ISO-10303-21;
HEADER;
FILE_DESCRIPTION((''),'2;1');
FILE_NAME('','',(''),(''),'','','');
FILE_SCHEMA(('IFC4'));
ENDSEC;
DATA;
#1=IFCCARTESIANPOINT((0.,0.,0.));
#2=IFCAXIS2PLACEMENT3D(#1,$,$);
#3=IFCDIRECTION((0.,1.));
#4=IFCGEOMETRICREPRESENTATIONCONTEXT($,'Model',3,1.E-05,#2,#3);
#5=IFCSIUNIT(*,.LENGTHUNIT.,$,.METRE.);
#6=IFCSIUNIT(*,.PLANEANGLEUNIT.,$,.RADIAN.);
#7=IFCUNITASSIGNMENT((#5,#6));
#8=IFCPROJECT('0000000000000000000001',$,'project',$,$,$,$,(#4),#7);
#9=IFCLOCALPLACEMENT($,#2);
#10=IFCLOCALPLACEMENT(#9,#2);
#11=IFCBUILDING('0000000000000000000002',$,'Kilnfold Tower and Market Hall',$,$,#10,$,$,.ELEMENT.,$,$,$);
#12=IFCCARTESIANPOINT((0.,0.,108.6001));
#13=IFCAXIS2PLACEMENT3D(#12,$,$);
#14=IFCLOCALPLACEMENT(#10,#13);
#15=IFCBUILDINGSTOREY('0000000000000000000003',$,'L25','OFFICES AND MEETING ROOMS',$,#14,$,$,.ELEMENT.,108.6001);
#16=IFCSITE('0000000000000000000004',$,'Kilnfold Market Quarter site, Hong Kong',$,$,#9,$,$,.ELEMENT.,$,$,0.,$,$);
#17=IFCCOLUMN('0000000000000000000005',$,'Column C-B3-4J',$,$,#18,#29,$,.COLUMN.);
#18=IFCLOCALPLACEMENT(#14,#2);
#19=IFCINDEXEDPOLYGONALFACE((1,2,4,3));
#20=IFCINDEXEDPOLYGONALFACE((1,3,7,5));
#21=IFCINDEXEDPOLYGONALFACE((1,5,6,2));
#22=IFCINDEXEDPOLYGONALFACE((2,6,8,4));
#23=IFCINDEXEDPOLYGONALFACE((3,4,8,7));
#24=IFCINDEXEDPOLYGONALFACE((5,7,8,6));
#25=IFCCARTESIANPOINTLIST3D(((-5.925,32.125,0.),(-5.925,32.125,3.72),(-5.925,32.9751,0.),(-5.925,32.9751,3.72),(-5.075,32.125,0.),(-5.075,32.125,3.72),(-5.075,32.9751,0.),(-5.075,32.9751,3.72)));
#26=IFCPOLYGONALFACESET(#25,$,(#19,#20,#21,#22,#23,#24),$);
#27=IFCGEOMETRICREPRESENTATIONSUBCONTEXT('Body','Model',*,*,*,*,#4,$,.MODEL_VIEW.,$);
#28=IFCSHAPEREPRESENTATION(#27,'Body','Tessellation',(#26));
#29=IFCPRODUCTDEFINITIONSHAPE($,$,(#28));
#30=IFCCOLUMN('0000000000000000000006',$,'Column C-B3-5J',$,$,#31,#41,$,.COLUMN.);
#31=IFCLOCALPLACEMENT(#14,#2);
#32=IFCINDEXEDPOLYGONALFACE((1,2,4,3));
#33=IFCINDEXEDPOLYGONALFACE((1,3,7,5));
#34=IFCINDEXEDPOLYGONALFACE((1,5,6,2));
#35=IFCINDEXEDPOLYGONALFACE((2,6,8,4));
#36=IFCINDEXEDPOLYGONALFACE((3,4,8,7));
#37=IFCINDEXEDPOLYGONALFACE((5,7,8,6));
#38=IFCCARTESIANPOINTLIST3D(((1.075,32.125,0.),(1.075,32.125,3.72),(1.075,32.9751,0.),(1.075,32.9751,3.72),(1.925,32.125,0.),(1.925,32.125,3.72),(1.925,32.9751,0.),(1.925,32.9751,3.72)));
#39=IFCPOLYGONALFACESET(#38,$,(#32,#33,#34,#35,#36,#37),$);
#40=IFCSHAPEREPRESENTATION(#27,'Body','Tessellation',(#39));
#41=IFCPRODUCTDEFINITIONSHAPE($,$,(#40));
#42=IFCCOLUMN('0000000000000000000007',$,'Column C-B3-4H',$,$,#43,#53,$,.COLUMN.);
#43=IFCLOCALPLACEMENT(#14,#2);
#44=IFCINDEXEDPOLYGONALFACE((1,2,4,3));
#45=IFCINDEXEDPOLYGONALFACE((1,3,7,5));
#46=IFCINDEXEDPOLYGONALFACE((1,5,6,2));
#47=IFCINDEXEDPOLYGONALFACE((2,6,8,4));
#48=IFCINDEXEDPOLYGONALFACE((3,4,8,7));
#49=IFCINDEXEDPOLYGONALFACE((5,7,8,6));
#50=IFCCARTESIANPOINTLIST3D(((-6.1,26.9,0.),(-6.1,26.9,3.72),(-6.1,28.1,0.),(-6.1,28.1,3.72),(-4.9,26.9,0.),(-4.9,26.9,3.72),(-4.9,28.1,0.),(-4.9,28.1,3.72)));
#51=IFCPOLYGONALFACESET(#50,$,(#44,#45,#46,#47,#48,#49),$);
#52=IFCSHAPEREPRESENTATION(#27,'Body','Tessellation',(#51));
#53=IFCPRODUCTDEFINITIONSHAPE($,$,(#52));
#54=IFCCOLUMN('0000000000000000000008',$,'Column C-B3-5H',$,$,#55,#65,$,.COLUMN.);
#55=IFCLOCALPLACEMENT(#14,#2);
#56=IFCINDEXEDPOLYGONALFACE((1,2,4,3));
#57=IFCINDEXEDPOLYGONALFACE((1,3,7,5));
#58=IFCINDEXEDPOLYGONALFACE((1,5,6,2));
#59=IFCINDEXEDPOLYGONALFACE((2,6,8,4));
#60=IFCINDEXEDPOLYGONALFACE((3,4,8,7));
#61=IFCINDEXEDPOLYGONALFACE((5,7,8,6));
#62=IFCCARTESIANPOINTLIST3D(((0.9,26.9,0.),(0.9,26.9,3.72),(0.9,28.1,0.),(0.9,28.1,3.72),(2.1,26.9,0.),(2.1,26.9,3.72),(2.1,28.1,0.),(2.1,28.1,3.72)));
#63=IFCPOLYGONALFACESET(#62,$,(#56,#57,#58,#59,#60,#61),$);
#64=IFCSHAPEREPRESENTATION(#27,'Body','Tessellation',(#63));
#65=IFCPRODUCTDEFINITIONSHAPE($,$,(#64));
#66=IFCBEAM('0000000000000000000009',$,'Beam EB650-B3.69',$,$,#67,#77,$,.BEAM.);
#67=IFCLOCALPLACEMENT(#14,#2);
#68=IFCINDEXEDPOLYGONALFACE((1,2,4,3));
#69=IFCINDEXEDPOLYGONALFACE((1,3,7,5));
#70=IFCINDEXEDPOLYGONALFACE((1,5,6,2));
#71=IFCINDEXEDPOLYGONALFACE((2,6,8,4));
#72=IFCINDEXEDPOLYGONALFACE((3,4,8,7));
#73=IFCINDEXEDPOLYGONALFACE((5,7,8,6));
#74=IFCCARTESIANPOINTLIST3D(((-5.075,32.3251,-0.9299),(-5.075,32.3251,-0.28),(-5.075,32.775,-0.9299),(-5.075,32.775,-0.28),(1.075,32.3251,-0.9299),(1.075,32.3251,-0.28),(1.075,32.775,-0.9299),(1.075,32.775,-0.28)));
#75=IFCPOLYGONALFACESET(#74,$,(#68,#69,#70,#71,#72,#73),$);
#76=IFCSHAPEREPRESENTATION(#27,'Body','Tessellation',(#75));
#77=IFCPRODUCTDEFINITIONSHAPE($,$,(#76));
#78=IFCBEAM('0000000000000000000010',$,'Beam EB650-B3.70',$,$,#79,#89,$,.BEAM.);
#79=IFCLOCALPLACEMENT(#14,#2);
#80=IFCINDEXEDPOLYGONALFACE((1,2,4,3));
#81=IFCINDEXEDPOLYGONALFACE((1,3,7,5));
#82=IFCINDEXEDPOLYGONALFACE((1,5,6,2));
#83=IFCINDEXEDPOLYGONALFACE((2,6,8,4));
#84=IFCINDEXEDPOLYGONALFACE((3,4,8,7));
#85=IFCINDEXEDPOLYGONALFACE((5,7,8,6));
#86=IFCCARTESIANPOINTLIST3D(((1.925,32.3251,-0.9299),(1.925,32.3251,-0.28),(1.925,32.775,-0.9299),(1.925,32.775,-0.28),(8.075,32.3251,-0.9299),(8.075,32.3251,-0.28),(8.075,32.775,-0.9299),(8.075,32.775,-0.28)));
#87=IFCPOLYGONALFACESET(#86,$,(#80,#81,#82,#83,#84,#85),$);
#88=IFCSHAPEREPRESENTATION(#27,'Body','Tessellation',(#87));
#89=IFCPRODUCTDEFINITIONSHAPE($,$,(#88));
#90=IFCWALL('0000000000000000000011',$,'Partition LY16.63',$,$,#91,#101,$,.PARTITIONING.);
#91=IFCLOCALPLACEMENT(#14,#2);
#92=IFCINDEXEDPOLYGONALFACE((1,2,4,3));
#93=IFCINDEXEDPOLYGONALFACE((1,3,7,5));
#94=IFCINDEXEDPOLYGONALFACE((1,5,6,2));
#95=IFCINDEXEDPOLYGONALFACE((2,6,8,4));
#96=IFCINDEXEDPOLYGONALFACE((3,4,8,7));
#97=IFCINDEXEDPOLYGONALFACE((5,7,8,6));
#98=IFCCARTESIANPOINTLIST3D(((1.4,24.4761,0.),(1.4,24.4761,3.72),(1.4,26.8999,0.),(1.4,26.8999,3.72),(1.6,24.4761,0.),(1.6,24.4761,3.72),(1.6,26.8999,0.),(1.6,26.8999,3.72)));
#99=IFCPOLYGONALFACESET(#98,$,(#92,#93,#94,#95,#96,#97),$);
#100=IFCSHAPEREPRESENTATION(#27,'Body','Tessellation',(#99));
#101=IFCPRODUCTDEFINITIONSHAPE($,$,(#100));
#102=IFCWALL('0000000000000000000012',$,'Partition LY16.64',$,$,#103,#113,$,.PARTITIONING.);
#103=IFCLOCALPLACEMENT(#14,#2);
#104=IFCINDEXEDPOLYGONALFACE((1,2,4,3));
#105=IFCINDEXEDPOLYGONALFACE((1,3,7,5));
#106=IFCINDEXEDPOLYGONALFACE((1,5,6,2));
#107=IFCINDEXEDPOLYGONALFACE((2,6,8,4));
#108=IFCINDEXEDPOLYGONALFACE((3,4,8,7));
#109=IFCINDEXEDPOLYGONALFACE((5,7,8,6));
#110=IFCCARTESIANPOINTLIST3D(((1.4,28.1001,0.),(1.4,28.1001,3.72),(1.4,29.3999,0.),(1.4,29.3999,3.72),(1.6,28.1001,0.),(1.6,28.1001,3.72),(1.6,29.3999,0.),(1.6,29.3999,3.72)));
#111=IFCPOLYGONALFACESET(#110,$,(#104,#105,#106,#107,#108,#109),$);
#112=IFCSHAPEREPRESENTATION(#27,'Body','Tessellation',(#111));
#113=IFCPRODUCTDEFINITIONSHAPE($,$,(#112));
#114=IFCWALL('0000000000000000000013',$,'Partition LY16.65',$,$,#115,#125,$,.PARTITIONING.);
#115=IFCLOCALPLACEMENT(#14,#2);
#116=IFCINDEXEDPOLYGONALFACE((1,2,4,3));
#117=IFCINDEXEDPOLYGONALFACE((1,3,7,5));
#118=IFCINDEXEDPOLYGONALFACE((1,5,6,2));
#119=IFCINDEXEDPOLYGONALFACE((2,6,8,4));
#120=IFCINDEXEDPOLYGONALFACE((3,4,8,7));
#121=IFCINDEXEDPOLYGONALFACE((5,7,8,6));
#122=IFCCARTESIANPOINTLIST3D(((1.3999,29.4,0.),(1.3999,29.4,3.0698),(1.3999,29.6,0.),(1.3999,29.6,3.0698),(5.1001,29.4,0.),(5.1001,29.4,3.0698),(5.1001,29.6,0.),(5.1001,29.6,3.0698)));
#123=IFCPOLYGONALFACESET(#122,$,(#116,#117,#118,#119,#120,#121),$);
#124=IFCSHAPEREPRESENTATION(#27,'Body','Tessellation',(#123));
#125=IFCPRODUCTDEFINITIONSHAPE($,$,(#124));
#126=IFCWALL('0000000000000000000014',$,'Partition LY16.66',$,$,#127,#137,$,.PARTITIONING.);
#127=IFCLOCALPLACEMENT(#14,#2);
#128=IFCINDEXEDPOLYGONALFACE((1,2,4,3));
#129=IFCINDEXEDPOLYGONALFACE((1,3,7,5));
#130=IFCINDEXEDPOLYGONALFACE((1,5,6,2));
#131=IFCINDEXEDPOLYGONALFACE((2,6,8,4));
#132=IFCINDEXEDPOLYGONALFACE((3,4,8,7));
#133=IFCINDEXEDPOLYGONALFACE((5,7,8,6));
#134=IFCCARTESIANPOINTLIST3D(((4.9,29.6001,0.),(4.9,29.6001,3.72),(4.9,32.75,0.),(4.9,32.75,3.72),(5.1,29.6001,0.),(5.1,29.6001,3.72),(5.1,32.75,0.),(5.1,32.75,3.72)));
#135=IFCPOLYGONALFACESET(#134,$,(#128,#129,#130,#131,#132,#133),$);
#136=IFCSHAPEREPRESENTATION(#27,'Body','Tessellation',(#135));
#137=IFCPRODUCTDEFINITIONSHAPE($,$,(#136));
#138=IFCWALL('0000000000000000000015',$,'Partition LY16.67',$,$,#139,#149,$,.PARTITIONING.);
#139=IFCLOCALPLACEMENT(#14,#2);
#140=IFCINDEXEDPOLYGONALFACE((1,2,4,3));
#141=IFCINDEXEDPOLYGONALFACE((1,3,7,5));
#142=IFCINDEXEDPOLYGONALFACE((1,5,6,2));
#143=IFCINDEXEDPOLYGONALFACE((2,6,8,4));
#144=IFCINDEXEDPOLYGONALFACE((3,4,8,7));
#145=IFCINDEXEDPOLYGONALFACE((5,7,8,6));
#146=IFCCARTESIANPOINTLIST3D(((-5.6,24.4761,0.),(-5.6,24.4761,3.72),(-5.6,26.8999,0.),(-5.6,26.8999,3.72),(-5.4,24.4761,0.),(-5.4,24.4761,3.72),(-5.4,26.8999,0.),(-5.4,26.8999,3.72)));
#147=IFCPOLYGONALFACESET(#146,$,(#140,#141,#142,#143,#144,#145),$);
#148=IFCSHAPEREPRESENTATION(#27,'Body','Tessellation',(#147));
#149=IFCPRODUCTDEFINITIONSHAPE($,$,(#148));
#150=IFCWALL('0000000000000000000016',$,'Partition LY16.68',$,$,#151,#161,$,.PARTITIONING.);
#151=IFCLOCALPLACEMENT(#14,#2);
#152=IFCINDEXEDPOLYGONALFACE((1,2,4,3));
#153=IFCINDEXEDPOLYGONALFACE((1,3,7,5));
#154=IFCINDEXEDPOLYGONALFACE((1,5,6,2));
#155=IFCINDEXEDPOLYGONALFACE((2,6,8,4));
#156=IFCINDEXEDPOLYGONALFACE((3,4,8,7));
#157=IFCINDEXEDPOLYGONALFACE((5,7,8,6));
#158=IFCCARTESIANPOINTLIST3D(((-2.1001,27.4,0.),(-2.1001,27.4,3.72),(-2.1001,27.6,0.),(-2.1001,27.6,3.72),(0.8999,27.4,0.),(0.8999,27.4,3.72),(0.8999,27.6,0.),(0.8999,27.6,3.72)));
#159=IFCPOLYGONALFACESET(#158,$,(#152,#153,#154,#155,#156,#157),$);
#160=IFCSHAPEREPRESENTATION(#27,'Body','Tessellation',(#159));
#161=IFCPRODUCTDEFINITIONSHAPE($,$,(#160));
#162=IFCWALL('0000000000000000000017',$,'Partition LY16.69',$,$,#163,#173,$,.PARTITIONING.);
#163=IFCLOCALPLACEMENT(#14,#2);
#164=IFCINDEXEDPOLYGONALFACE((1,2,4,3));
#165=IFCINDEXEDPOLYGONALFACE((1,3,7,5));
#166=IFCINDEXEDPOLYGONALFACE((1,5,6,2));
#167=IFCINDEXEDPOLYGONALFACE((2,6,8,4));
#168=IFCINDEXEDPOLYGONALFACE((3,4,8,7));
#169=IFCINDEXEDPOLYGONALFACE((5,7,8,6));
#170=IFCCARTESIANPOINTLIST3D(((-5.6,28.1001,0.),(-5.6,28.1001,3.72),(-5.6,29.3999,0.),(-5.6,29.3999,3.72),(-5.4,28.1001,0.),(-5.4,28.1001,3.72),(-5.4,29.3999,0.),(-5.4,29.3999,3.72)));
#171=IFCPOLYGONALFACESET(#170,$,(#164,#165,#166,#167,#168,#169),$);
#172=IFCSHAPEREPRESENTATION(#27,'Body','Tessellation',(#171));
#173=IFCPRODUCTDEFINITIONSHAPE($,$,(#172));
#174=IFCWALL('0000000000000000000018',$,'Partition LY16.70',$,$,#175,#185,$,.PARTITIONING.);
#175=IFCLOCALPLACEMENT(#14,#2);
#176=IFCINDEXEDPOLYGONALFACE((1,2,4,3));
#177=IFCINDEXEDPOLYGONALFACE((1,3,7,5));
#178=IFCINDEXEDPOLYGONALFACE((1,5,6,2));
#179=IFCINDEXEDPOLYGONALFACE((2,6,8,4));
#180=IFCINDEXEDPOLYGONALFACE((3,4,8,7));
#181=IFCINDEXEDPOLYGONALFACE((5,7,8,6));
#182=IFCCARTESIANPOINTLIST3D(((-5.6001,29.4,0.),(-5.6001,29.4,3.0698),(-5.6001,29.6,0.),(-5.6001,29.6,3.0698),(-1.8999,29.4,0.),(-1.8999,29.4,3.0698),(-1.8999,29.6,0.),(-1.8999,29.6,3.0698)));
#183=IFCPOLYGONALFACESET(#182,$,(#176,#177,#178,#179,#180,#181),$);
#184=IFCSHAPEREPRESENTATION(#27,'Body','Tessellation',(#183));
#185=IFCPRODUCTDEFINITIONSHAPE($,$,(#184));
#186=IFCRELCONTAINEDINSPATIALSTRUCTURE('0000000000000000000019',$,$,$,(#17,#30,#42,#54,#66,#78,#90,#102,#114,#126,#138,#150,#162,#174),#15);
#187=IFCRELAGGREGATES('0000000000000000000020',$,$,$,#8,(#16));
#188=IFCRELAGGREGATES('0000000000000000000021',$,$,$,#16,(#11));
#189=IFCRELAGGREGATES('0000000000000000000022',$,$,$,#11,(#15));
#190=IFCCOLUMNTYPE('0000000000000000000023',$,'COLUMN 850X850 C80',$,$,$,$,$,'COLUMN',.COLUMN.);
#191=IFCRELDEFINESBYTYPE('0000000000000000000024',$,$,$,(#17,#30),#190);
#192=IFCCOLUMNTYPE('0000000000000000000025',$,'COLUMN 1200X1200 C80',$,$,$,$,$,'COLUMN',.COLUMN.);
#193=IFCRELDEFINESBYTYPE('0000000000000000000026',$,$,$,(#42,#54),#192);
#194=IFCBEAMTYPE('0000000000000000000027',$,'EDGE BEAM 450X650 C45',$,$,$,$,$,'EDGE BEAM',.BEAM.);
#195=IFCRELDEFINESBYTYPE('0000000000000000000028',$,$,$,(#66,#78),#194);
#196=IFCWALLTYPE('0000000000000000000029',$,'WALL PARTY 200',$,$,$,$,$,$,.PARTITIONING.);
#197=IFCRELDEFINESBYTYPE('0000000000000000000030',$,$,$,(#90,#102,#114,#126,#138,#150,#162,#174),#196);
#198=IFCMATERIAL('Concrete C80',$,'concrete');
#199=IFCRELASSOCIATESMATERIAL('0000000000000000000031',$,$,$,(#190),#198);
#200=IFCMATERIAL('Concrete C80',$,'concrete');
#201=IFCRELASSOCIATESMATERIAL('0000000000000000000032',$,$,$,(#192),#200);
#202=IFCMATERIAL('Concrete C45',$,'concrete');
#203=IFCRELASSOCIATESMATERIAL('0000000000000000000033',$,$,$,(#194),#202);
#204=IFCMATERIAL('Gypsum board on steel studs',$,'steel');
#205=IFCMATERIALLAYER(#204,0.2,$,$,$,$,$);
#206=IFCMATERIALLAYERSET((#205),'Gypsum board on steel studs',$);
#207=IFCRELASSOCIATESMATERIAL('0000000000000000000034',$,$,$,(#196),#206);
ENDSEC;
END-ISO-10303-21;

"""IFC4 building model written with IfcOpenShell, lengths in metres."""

from ifc_helpers import new_model, si_unit, direction, frame, frame_2d, origin, origin_2d, place, context, subcontext, project, spatial, rectangle, extrude, source, transform, mapped, material, layer, layer_set, material_profile, profile_set, type_object, element, save


model = new_model("IFC4")

# Units and contexts
model_context = context("Model", 3, precision=1e-05, world=origin(), true_north=direction((0.0, 1.0)))
body_context = subcontext(model_context, "Body", "Model", "MODEL_VIEW")
ifc_project = project(units=[si_unit("LENGTHUNIT", "METRE"), si_unit("PLANEANGLEUNIT", "RADIAN")], contexts=[model_context])

# Site, building, storey
site_placement = place(None, origin())
site = spatial("IfcSite", under=ifc_project, at=site_placement, Name="Kilnfold Market Quarter site, Hong Kong", CompositionType="ELEMENT", RefElevation=0.0)
building_placement = place(site_placement, origin())
building = spatial("IfcBuilding", under=site, at=building_placement, Name="Kilnfold Tower and Market Hall", CompositionType="ELEMENT")
storey_placement = place(building_placement, frame((0.0, 0.0, 108.6001)))
storey = spatial("IfcBuildingStorey", under=building, at=storey_placement, Name="L25", Description="OFFICES AND MEETING ROOMS", CompositionType="ELEMENT", Elevation=108.6001)

# Columns
ifc_material_1 = material(Name="Concrete C80", Category="concrete")
ifc_material_profile_1 = material_profile(ifc_material_1, rectangle(XDim=0.8501, YDim=0.8501, at=origin_2d()), Name="RC 850x850")
ifc_profile_set_1 = profile_set([ifc_material_profile_1], Name="Concrete C80")
column_type_1 = type_object("IfcColumnType", Name="COLUMN 850X850 C80", ElementType="COLUMN", PredefinedType="COLUMN", material=ifc_profile_set_1)
shared_shape_1 = source(origin(), body_context, "Body", "SweptSolid", [
    extrude(rectangle(XDim=0.8501, YDim=0.8501, at=origin_2d()), origin(), (0.0, 0.0, 1.0), 3.72),
])
for number, where, z_axis, x_axis, name in (
    (1, (-5.5, 32.55, 0.0), (0.0, 0.0, 1.0), (1.0, 0.0, 0.0), "Column C-B3-4J"),
    (2, (1.5, 32.55, 0.0), (0.0, 0.0, 1.0), (1.0, 0.0, 0.0), "Column C-B3-5J"),
):
    element("IfcColumn", number, at=place(storey_placement, frame(where, z_axis=z_axis, x_axis=x_axis)), inside=storey, type_object=column_type_1, Name=name, PredefinedType="COLUMN", context=body_context, shape_type="MappedRepresentation", body=[
        mapped(shared_shape_1, transform((0.0, 0.0, 0.0))),
    ])
ifc_material_2 = material(Name="Concrete C80", Category="concrete")
ifc_material_profile_2 = material_profile(ifc_material_2, rectangle(XDim=1.2, YDim=1.2, at=origin_2d()), Name="RC 1200x1200")
ifc_profile_set_2 = profile_set([ifc_material_profile_2], Name="Concrete C80")
column_type_2 = type_object("IfcColumnType", Name="COLUMN 1200X1200 C80", ElementType="COLUMN", PredefinedType="COLUMN", material=ifc_profile_set_2)
shared_shape_2 = source(origin(), body_context, "Body", "SweptSolid", [
    extrude(rectangle(XDim=1.2, YDim=1.2, at=origin_2d()), origin(), (0.0, 0.0, 1.0), 3.72),
])
for number, where, z_axis, x_axis, name in (
    (3, (-5.5, 27.5, 0.0), (0.0, 0.0, 1.0), (1.0, 0.0, 0.0), "Column C-B3-4H"),
    (4, (1.5, 27.5, 0.0), (0.0, 0.0, 1.0), (1.0, 0.0, 0.0), "Column C-B3-5H"),
):
    element("IfcColumn", number, at=place(storey_placement, frame(where, z_axis=z_axis, x_axis=x_axis)), inside=storey, type_object=column_type_2, Name=name, PredefinedType="COLUMN", context=body_context, shape_type="MappedRepresentation", body=[
        mapped(shared_shape_2, transform((0.0, 0.0, 0.0))),
    ])

# Beams
ifc_material_3 = material(Name="Concrete C45", Category="concrete")
ifc_material_profile_3 = material_profile(ifc_material_3, rectangle(XDim=0.45, YDim=0.6499, at=origin_2d()), Name="RC 450x650")
ifc_profile_set_3 = profile_set([ifc_material_profile_3], Name="Concrete C45")
beam_type = type_object("IfcBeamType", Name="EDGE BEAM 450X650 C45", ElementType="EDGE BEAM", PredefinedType="BEAM", material=ifc_profile_set_3)
shared_shape_3 = source(origin(), body_context, "Body", "SweptSolid", [
    extrude(rectangle(XDim=0.45, YDim=0.6499, at=origin_2d()), origin(), (0.0, 0.0, 1.0), 6.1499),
])
for number, where, z_axis, x_axis, name in (
    (5, (-5.075, 32.55, -0.605), (1.0, 0.0, 0.0), (0.0, 1.0, 0.0), "Beam EB650-B3.69"),
    (6, (1.925, 32.55, -0.605), (1.0, 0.0, 0.0), (0.0, 1.0, 0.0), "Beam EB650-B3.70"),
):
    element("IfcBeam", number, at=place(storey_placement, frame(where, z_axis=z_axis, x_axis=x_axis)), inside=storey, type_object=beam_type, Name=name, PredefinedType="BEAM", context=body_context, shape_type="MappedRepresentation", body=[
        mapped(shared_shape_3, transform((0.0, 0.0, 0.0))),
    ])

# Walls
ifc_material_4 = material(Name="Gypsum board on steel studs", Category="steel")
ifc_layer_1 = layer(ifc_material_4, 0.2)
ifc_layer_set_1 = layer_set([ifc_layer_1], Name="Gypsum board on steel studs")
wall_type_1 = type_object("IfcWallType", Name="WALL PARTY 200", PredefinedType="PARTITIONING", material=ifc_layer_set_1)
wall_1_placement = place(storey_placement, frame((1.5, 24.4761, 0.0), z_axis=(0.0, 0.0, 1.0), x_axis=(0.0, 1.0, 0.0)))
element("IfcWall", 7, at=wall_1_placement, inside=storey, type_object=wall_type_1, Name="Partition LY16.63", PredefinedType="PARTITIONING", context=body_context, shape_type="SweptSolid", body=[
    extrude(rectangle(XDim=2.4238, YDim=0.2, at=frame_2d((1.2119, 0.0))), origin(), (0.0, 0.0, 1.0), 3.72),
])
wall_2_placement = place(storey_placement, frame((1.5, 28.1001, 0.0), z_axis=(0.0, 0.0, 1.0), x_axis=(0.0, 1.0, 0.0)))
element("IfcWall", 8, at=wall_2_placement, inside=storey, type_object=wall_type_1, Name="Partition LY16.64", PredefinedType="PARTITIONING", context=body_context, shape_type="SweptSolid", body=[
    extrude(rectangle(XDim=1.2998, YDim=0.2, at=frame_2d((0.6499, 0.0))), origin(), (0.0, 0.0, 1.0), 3.72),
])
wall_3_placement = place(storey_placement, frame((1.3999, 29.5, 0.0), z_axis=(0.0, 0.0, 1.0), x_axis=(1.0, 0.0, 0.0)))
element("IfcWall", 9, at=wall_3_placement, inside=storey, type_object=wall_type_1, Name="Partition LY16.65", PredefinedType="PARTITIONING", context=body_context, shape_type="SweptSolid", body=[
    extrude(rectangle(XDim=3.7002, YDim=0.2, at=frame_2d((1.8501, 0.0))), origin(), (0.0, 0.0, 1.0), 3.0698),
])
wall_4_placement = place(storey_placement, frame((5.0, 29.6001, 0.0), z_axis=(0.0, 0.0, 1.0), x_axis=(0.0, 1.0, 0.0)))
element("IfcWall", 10, at=wall_4_placement, inside=storey, type_object=wall_type_1, Name="Partition LY16.66", PredefinedType="PARTITIONING", context=body_context, shape_type="SweptSolid", body=[
    extrude(rectangle(XDim=3.1499, YDim=0.2, at=frame_2d((1.575, 0.0))), origin(), (0.0, 0.0, 1.0), 3.72),
])
wall_5_placement = place(storey_placement, frame((-5.5, 24.4761, 0.0), z_axis=(0.0, 0.0, 1.0), x_axis=(0.0, 1.0, 0.0)))
element("IfcWall", 11, at=wall_5_placement, inside=storey, type_object=wall_type_1, Name="Partition LY16.67", PredefinedType="PARTITIONING", context=body_context, shape_type="SweptSolid", body=[
    extrude(rectangle(XDim=2.4238, YDim=0.2, at=frame_2d((1.2119, 0.0))), origin(), (0.0, 0.0, 1.0), 3.72),
])
wall_6_placement = place(storey_placement, frame((-2.1001, 27.5, 0.0), z_axis=(0.0, 0.0, 1.0), x_axis=(1.0, 0.0, 0.0)))
element("IfcWall", 12, at=wall_6_placement, inside=storey, type_object=wall_type_1, Name="Partition LY16.68", PredefinedType="PARTITIONING", context=body_context, shape_type="SweptSolid", body=[
    extrude(rectangle(XDim=3.0, YDim=0.2, at=frame_2d((1.5, 0.0))), origin(), (0.0, 0.0, 1.0), 3.72),
])
wall_7_placement = place(storey_placement, frame((-5.5, 28.1001, 0.0), z_axis=(0.0, 0.0, 1.0), x_axis=(0.0, 1.0, 0.0)))
element("IfcWall", 13, at=wall_7_placement, inside=storey, type_object=wall_type_1, Name="Partition LY16.69", PredefinedType="PARTITIONING", context=body_context, shape_type="SweptSolid", body=[
    extrude(rectangle(XDim=1.2998, YDim=0.2, at=frame_2d((0.6499, 0.0))), origin(), (0.0, 0.0, 1.0), 3.72),
])
wall_8_placement = place(storey_placement, frame((-5.6001, 29.5, 0.0), z_axis=(0.0, 0.0, 1.0), x_axis=(1.0, 0.0, 0.0)))
element("IfcWall", 14, at=wall_8_placement, inside=storey, type_object=wall_type_1, Name="Partition LY16.70", PredefinedType="PARTITIONING", context=body_context, shape_type="SweptSolid", body=[
    extrude(rectangle(XDim=3.7002, YDim=0.2, at=frame_2d((1.8501, 0.0))), origin(), (0.0, 0.0, 1.0), 3.0698),
])

save(model, "model.ifc")
